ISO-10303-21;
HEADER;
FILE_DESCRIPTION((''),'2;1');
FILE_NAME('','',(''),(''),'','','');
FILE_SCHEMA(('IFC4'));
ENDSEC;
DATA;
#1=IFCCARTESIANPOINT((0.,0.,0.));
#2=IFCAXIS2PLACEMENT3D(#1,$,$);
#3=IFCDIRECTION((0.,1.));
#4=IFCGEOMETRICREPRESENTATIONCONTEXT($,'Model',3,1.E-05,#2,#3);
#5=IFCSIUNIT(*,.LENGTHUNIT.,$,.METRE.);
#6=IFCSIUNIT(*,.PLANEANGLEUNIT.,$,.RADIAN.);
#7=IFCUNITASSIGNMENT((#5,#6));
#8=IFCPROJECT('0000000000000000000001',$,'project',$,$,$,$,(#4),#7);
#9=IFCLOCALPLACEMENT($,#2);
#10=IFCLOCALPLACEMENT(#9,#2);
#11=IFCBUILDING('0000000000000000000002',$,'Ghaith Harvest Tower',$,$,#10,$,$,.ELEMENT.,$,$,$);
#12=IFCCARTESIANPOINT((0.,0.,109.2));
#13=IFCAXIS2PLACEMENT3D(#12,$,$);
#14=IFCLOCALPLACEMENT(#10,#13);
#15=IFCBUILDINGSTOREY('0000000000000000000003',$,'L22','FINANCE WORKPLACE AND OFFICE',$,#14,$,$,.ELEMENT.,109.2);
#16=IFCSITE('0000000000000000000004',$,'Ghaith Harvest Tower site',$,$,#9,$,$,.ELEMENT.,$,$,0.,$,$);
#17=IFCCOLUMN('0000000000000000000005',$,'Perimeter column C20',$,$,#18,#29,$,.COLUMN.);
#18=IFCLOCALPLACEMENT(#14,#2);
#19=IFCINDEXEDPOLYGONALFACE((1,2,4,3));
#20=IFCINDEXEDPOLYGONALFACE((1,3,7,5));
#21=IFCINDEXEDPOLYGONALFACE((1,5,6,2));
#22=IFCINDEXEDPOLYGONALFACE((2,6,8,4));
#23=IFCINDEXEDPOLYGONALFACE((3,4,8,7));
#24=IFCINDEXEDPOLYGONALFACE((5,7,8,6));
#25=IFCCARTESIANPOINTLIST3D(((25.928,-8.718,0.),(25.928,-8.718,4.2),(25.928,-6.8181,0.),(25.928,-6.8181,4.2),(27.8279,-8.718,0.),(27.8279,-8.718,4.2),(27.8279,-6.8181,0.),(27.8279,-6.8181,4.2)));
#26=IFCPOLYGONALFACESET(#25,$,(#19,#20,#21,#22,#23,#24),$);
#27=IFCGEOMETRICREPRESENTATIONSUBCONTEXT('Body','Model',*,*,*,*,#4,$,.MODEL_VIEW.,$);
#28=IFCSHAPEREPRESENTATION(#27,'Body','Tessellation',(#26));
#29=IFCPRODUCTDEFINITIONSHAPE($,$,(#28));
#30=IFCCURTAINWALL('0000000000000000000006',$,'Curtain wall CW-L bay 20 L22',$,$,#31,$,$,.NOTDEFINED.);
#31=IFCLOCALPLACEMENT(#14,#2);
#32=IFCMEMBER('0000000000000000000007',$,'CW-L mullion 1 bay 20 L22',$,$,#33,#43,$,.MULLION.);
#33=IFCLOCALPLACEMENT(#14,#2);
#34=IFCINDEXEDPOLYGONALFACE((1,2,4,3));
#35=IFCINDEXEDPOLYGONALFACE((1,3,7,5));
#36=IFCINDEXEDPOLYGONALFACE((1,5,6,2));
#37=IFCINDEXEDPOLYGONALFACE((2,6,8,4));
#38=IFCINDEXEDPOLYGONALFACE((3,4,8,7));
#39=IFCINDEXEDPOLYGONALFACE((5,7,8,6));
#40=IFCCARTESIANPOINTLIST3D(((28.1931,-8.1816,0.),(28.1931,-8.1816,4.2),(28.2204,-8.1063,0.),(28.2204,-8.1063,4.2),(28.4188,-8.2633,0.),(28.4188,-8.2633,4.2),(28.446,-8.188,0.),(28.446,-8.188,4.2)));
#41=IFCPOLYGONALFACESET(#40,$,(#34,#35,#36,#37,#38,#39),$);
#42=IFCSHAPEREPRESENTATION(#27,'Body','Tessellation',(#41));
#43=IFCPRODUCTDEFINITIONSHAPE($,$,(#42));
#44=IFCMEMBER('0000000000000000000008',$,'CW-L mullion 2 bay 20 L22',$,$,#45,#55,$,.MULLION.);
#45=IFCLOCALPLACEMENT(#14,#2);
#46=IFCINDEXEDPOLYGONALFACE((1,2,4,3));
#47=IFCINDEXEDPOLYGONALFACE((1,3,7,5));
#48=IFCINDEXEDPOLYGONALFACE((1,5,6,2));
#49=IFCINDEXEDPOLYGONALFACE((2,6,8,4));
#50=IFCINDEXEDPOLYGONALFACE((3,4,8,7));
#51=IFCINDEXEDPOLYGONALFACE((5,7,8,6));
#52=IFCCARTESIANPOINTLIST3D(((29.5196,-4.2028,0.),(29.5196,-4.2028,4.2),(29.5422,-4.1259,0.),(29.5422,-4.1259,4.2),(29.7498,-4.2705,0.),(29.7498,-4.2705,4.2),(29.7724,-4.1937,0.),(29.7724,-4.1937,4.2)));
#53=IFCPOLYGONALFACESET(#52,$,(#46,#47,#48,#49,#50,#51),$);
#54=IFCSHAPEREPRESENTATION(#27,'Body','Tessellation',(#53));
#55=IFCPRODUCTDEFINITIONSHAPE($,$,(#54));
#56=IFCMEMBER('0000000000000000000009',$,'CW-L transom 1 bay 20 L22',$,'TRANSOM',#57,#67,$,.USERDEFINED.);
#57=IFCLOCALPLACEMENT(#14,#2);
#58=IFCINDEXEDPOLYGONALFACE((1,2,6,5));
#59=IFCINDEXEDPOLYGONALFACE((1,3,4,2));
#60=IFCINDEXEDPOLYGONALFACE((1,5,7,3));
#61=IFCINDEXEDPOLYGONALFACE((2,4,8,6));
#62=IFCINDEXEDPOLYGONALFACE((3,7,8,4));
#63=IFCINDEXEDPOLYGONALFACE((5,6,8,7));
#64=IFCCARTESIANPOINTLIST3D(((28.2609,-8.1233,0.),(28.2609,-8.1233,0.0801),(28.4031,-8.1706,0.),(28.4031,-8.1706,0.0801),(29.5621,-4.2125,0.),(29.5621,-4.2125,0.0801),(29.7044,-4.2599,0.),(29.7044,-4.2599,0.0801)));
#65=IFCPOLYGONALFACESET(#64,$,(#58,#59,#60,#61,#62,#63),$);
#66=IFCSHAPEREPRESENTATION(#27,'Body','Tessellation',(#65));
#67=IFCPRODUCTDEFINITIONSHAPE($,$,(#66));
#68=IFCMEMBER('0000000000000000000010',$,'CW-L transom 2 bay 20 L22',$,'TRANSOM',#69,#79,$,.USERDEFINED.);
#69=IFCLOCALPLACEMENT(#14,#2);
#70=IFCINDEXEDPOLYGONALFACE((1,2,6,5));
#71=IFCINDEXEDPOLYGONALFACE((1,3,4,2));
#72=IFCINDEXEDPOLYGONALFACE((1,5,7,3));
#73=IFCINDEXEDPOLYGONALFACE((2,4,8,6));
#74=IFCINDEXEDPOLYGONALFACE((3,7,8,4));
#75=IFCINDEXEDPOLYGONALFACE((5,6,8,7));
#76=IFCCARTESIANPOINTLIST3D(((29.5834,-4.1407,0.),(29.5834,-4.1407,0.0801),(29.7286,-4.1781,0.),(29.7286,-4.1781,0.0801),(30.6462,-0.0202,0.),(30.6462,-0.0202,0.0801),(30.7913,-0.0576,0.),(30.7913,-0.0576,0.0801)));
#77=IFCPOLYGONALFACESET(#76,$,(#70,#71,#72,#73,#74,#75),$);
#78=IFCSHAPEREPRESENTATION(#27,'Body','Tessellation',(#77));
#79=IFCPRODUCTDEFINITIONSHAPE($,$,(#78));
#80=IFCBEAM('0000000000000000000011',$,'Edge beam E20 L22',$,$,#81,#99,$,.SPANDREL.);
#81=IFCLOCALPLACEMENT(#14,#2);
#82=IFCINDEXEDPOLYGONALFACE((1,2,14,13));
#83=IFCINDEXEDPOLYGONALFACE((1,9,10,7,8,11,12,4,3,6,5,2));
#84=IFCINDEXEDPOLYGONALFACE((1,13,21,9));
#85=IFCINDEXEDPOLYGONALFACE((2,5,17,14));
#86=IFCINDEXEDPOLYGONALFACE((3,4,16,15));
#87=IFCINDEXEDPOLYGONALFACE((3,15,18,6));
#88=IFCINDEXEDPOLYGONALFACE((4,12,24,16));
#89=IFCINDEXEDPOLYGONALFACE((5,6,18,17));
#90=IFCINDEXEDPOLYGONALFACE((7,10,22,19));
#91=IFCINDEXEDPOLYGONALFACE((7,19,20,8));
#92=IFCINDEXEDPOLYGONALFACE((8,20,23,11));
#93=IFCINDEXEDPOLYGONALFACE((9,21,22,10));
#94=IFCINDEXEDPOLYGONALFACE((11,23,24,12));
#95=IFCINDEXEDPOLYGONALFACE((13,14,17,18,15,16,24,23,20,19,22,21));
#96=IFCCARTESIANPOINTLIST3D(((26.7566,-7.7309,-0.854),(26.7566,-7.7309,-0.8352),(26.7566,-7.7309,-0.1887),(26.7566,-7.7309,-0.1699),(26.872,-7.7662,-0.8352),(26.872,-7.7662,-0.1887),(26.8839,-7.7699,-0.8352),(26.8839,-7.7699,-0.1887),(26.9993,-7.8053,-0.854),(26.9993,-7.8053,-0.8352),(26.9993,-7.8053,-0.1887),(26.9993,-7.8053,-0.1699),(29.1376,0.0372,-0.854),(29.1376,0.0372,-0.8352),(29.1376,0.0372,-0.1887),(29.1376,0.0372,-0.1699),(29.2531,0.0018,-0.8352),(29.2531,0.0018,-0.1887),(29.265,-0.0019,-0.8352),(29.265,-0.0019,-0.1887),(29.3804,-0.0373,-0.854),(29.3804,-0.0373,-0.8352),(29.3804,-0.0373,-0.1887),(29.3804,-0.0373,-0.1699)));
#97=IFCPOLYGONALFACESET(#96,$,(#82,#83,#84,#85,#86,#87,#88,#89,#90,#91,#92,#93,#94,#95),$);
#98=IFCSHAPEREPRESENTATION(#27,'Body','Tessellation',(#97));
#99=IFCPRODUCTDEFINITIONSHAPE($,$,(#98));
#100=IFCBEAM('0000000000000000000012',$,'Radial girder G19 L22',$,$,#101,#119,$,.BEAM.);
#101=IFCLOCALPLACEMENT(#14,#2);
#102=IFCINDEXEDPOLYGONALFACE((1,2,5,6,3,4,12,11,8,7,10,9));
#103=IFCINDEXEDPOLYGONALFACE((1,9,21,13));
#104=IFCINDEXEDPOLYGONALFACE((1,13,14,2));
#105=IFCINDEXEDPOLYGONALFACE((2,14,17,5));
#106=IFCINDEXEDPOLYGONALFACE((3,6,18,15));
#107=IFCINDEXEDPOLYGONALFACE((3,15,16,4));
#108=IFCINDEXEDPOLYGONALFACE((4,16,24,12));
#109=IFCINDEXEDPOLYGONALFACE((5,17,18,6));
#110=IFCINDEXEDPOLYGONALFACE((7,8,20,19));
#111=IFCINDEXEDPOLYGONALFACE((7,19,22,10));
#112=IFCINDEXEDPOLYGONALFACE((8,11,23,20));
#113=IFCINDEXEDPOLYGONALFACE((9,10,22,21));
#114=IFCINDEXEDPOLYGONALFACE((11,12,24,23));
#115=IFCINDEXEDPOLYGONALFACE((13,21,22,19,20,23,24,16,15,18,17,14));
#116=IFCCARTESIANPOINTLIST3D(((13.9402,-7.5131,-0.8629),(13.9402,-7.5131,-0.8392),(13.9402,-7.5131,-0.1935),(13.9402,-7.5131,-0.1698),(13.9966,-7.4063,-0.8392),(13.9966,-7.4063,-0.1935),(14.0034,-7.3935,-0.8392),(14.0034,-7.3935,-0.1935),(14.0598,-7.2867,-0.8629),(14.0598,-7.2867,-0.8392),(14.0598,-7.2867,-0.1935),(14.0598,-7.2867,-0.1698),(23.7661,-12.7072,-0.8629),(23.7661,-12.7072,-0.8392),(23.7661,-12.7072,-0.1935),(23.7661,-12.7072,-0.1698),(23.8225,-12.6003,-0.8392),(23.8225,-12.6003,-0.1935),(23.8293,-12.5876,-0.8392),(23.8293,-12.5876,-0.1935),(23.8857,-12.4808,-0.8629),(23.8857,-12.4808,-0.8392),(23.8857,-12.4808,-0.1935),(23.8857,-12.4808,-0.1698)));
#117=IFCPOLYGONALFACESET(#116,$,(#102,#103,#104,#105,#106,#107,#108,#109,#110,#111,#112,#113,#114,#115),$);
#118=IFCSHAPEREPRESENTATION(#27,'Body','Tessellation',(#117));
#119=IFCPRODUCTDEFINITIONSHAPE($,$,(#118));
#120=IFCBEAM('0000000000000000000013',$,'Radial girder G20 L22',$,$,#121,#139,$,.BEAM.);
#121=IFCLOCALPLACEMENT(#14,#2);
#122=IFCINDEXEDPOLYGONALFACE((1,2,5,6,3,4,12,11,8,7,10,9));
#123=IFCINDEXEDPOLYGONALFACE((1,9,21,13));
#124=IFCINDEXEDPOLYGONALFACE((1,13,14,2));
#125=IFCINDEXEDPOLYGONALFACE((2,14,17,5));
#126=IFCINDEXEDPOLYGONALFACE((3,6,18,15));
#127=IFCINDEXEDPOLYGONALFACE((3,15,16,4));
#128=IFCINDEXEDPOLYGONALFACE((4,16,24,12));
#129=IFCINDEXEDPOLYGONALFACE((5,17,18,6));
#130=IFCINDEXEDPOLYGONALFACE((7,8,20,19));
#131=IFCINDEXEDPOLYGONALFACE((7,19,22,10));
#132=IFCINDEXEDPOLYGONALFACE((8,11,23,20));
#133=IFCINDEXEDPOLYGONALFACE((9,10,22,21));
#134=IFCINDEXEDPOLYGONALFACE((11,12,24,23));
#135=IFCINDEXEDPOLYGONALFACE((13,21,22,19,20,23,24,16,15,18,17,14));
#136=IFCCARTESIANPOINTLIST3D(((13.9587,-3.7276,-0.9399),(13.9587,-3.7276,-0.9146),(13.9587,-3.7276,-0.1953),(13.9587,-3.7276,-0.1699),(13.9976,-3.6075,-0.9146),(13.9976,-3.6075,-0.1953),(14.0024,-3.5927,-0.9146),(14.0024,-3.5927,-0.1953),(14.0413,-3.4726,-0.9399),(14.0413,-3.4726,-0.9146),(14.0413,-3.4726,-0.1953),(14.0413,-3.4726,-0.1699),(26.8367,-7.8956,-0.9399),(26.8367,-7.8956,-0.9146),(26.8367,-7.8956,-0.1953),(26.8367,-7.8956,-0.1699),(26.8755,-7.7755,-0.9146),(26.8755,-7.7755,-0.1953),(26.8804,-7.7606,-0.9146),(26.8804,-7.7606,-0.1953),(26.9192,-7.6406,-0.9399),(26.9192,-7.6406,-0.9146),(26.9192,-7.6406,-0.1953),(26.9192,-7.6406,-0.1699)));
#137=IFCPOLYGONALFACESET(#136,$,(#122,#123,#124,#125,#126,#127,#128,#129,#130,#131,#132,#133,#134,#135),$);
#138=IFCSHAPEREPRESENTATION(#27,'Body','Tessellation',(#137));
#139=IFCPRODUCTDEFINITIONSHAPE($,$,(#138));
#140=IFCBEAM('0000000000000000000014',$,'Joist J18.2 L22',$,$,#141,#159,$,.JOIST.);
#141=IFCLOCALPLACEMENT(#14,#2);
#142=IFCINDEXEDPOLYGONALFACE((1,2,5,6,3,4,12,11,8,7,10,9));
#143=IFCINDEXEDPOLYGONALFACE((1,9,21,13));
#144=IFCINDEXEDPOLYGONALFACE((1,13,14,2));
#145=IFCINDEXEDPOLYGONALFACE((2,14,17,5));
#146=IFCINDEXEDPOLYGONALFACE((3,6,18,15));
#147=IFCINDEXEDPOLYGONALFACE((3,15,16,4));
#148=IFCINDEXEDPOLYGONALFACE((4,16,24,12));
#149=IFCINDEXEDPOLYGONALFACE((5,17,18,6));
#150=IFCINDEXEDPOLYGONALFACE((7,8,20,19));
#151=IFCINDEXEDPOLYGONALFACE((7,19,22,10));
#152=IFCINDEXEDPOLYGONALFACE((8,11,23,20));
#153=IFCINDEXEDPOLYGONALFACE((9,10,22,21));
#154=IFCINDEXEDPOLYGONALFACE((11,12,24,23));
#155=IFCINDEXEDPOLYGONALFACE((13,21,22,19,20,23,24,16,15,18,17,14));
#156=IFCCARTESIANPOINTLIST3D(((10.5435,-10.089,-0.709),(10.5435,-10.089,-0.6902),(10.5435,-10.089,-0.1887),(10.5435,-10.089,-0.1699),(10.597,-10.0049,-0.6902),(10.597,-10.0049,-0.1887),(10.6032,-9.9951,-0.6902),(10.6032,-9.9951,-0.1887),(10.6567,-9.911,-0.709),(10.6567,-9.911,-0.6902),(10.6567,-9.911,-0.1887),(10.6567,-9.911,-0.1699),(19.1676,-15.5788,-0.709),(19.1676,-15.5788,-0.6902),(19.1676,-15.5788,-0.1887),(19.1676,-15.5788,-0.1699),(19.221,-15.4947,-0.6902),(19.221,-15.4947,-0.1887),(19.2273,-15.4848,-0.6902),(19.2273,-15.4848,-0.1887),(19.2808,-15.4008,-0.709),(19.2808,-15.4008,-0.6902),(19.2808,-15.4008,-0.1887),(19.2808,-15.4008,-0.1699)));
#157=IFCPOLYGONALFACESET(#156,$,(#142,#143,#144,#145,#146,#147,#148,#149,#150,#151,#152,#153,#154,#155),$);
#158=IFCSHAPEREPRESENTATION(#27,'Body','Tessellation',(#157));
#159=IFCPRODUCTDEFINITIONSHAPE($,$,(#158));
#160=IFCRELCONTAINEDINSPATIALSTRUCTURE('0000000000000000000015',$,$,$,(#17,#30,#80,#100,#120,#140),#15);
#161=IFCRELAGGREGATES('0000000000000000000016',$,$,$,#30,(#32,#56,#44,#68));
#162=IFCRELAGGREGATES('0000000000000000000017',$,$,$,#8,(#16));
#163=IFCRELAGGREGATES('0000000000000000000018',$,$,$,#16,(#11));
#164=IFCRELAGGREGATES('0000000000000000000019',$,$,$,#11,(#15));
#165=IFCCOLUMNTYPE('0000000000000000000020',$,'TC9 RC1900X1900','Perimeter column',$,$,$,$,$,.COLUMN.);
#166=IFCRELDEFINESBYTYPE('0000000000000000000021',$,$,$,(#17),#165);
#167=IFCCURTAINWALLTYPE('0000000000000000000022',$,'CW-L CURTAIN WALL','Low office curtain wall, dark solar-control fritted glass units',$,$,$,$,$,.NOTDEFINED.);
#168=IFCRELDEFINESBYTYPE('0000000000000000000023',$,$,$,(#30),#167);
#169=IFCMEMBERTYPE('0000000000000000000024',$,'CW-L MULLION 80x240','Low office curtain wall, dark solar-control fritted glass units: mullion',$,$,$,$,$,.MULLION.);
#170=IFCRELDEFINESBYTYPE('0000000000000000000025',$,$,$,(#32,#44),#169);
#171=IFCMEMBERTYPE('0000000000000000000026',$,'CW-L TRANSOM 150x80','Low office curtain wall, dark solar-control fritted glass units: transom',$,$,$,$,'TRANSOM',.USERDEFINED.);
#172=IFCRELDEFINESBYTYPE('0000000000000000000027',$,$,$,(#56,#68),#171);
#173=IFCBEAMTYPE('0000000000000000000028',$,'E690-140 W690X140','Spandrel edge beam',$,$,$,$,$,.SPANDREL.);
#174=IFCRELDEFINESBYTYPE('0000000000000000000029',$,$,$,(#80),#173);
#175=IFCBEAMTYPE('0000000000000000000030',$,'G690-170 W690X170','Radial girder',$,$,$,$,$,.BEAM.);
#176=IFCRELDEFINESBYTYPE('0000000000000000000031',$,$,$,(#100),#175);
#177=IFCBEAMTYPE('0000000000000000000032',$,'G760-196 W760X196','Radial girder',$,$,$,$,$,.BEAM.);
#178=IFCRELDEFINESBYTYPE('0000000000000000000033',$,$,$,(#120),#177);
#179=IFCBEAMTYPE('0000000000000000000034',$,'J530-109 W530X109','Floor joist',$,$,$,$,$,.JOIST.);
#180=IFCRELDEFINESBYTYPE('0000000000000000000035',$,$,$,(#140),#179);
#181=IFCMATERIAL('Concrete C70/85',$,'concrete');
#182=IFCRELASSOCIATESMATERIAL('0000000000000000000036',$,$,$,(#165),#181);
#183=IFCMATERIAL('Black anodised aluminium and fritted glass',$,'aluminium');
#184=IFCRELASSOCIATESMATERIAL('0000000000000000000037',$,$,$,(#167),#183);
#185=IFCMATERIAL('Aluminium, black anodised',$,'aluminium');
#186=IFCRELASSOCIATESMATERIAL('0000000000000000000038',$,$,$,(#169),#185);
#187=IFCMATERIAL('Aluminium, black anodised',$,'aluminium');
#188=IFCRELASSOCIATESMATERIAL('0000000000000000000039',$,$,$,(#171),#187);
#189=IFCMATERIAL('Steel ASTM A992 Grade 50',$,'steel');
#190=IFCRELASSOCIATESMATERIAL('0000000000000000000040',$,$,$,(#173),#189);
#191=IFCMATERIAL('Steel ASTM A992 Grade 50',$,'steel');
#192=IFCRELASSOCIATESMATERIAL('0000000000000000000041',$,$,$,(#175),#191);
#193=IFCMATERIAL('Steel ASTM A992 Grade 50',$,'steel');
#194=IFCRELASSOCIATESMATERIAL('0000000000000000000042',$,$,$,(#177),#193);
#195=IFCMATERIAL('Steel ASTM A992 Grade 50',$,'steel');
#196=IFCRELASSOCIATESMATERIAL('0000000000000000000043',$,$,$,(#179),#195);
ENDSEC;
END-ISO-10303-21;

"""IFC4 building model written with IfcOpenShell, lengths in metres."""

from ifc_helpers import new_model, si_unit, direction, frame, origin, origin_2d, place, context, subcontext, project, spatial, rectangle, i_section, extrude, material, material_profile, profile_set, type_object, element, aggregate, save


model = new_model("IFC4")

# Units and contexts
model_context = context("Model", 3, precision=1e-05, world=origin(), true_north=direction((0.0, 1.0)))
body_context = subcontext(model_context, "Body", "Model", "MODEL_VIEW")
ifc_project = project(units=[si_unit("LENGTHUNIT", "METRE"), si_unit("PLANEANGLEUNIT", "RADIAN")], contexts=[model_context])

# Site, building, storey
site_placement = place(None, origin())
site = spatial("IfcSite", under=ifc_project, at=site_placement, Name="Ghaith Harvest Tower site", CompositionType="ELEMENT", RefElevation=0.0)
building_placement = place(site_placement, origin())
building = spatial("IfcBuilding", under=site, at=building_placement, Name="Ghaith Harvest Tower", CompositionType="ELEMENT")
storey_placement = place(building_placement, frame((0.0, 0.0, 109.2)))
storey = spatial("IfcBuildingStorey", under=building, at=storey_placement, Name="L22", Description="FINANCE WORKPLACE AND OFFICE", CompositionType="ELEMENT", Elevation=109.2)

# Column
ifc_material_1 = material(Name="Concrete C70/85", Category="concrete")
ifc_material_profile_1 = material_profile(ifc_material_1, rectangle(XDim=1.8999, YDim=1.8999, at=origin_2d()), Name="RC1900X1900")
ifc_profile_set_1 = profile_set([ifc_material_profile_1], Name="Concrete C70/85")
column_type = type_object("IfcColumnType", Name="TC9 RC1900X1900", Description="Perimeter column", PredefinedType="COLUMN", material=ifc_profile_set_1)
column_placement = place(storey_placement, frame((26.8779, -7.7681, 0.0), z_axis=(0.0, 0.0, 1.0), x_axis=(1.0, 0.0, 0.0)))
element("IfcColumn", 1, at=column_placement, inside=storey, type_object=column_type, Name="Perimeter column C20", PredefinedType="COLUMN", context=body_context, shape_type="SweptSolid", body=[
    extrude(rectangle(XDim=1.8999, YDim=1.8999, at=origin_2d()), origin(), (0.0, 0.0, 1.0), 4.2),
])

# Curtain wall, members
ifc_material_2 = material(Name="Black anodised aluminium and fritted glass", Category="aluminium")
curtain_wall_type = type_object("IfcCurtainWallType", Name="CW-L CURTAIN WALL", Description="Low office curtain wall, dark solar-control fritted glass units", PredefinedType="NOTDEFINED", material=ifc_material_2)
curtain_wall_placement = place(storey_placement, origin())
curtain_wall = element("IfcCurtainWall", 2, at=curtain_wall_placement, inside=storey, type_object=curtain_wall_type, Name="Curtain wall CW-L bay 20 L22", PredefinedType="NOTDEFINED")
ifc_material_3 = material(Name="Aluminium, black anodised", Category="aluminium")
ifc_material_profile_2 = material_profile(ifc_material_3, rectangle(XDim=0.0801, YDim=0.24, at=origin_2d()), Name="CW-L MULLION 80x240")
ifc_profile_set_2 = profile_set([ifc_material_profile_2], Name="Aluminium, black anodised")
member_type_1 = type_object("IfcMemberType", Name="CW-L MULLION 80x240", Description="Low office curtain wall, dark solar-control fritted glass units: mullion", PredefinedType="MULLION", material=ifc_profile_set_2)
member_1_placement = place(storey_placement, frame((28.3196, -8.1848, 0.0), z_axis=(0.0, 0.0, 1.0), x_axis=(0.340574, 0.940218, 0.0)))
member_1 = element("IfcMember", 3, at=member_1_placement, type_object=member_type_1, Name="CW-L mullion 1 bay 20 L22", PredefinedType="MULLION", context=body_context, shape_type="SweptSolid", body=[
    extrude(rectangle(XDim=0.0801, YDim=0.24, at=origin_2d()), origin(), (0.0, 0.0, 1.0), 4.2),
])
member_2_placement = place(storey_placement, frame((29.646, -4.1982, 0.0), z_axis=(0.0, 0.0, 1.0), x_axis=(0.282375, 0.959304, 0.0)))
member_2 = element("IfcMember", 4, at=member_2_placement, type_object=member_type_1, Name="CW-L mullion 2 bay 20 L22", PredefinedType="MULLION", context=body_context, shape_type="SweptSolid", body=[
    extrude(rectangle(XDim=0.0801, YDim=0.24, at=origin_2d()), origin(), (0.0, 0.0, 1.0), 4.2),
])
ifc_material_4 = material(Name="Aluminium, black anodised", Category="aluminium")
ifc_material_profile_3 = material_profile(ifc_material_4, rectangle(XDim=0.1499, YDim=0.0801, at=origin_2d()), Name="CW-L TRANSOM 150x80")
ifc_profile_set_3 = profile_set([ifc_material_profile_3], Name="Aluminium, black anodised")
member_type_2 = type_object("IfcMemberType", Name="CW-L TRANSOM 150x80", Description="Low office curtain wall, dark solar-control fritted glass units: transom", ElementType="TRANSOM", PredefinedType="USERDEFINED", material=ifc_profile_set_3)
member_3_placement = place(storey_placement, frame((28.332, -8.147, 0.04), z_axis=(0.315712, 0.948855, 0.0), x_axis=(-0.948855, 0.315712, 0.0)))
member_3 = element("IfcMember", 5, at=member_3_placement, type_object=member_type_2, Name="CW-L transom 1 bay 20 L22", ObjectType="TRANSOM", PredefinedType="USERDEFINED", context=body_context, shape_type="SweptSolid", body=[
    extrude(rectangle(XDim=0.1499, YDim=0.0801, at=origin_2d()), origin(), (0.0, 0.0, 1.0), 4.1216),
])
member_4_placement = place(storey_placement, frame((29.656, -4.1594, 0.04), z_axis=(0.249737, 0.968314, 0.0), x_axis=(-0.968314, 0.249737, 0.0)))
member_4 = element("IfcMember", 6, at=member_4_placement, type_object=member_type_2, Name="CW-L transom 2 bay 20 L22", ObjectType="TRANSOM", PredefinedType="USERDEFINED", context=body_context, shape_type="SweptSolid", body=[
    extrude(rectangle(XDim=0.1499, YDim=0.0801, at=origin_2d()), origin(), (0.0, 0.0, 1.0), 4.2554),
])

# Beams
ifc_material_5 = material(Name="Steel ASTM A992 Grade 50", Category="steel")
ifc_material_profile_4 = material_profile(ifc_material_5, i_section(OverallWidth=0.2539, OverallDepth=0.6841, WebThickness=0.0125, FlangeThickness=0.0188, at=origin_2d()), Name="W690X140")
ifc_profile_set_4 = profile_set([ifc_material_profile_4], Name="Steel ASTM A992 Grade 50")
beam_type_1 = type_object("IfcBeamType", Name="E690-140 W690X140", Description="Spandrel edge beam", PredefinedType="SPANDREL", material=ifc_profile_set_4)
beam_1_placement = place(storey_placement, frame((26.8779, -7.7681, -0.512), z_axis=(0.293066, 0.956092, 0.0), x_axis=(-0.956092, 0.293066, 0.0)))
element("IfcBeam", 7, at=beam_1_placement, inside=storey, type_object=beam_type_1, Name="Edge beam E20 L22", PredefinedType="SPANDREL", context=body_context, shape_type="SweptSolid", body=[
    extrude(i_section(OverallWidth=0.2539, OverallDepth=0.6841, WebThickness=0.0125, FlangeThickness=0.0188, at=origin_2d()), origin(), (0.0, 0.0, 1.0), 8.1248),
])
ifc_material_6 = material(Name="Steel ASTM A992 Grade 50", Category="steel")
ifc_material_profile_5 = material_profile(ifc_material_6, i_section(OverallWidth=0.2561, OverallDepth=0.6931, WebThickness=0.0144, FlangeThickness=0.0237, at=origin_2d()), Name="W690X170")
ifc_profile_set_5 = profile_set([ifc_material_profile_5], Name="Steel ASTM A992 Grade 50")
beam_type_2 = type_object("IfcBeamType", Name="G690-170 W690X170", Description="Radial girder", PredefinedType="BEAM", material=ifc_profile_set_5)
beam_2_placement = place(storey_placement, frame((14.0, -7.3999, -0.5164), z_axis=(0.884081, -0.467335, 0.0), x_axis=(0.467335, 0.884081, 0.0)))
element("IfcBeam", 8, at=beam_2_placement, inside=storey, type_object=beam_type_2, Name="Radial girder G19 L22", PredefinedType="BEAM", context=body_context, shape_type="SweptSolid", body=[
    extrude(i_section(OverallWidth=0.2561, OverallDepth=0.6931, WebThickness=0.0144, FlangeThickness=0.0237, at=origin_2d()), origin(), (0.0, 0.0, 1.0), 11.1143),
])
ifc_material_7 = material(Name="Steel ASTM A992 Grade 50", Category="steel")
ifc_material_profile_6 = material_profile(ifc_material_7, i_section(OverallWidth=0.2681, OverallDepth=0.77, WebThickness=0.0156, FlangeThickness=0.0254, at=origin_2d()), Name="W760X196")
ifc_profile_set_6 = profile_set([ifc_material_profile_6], Name="Steel ASTM A992 Grade 50")
beam_type_3 = type_object("IfcBeamType", Name="G760-196 W760X196", Description="Radial girder", PredefinedType="BEAM", material=ifc_profile_set_6)
beam_3_placement = place(storey_placement, frame((14.0, -3.6001, -0.5549), z_axis=(0.95141, -0.307926, 0.0), x_axis=(0.307926, 0.95141, 0.0)))
element("IfcBeam", 9, at=beam_3_placement, inside=storey, type_object=beam_type_3, Name="Radial girder G20 L22", PredefinedType="BEAM", context=body_context, shape_type="SweptSolid", body=[
    extrude(i_section(OverallWidth=0.2681, OverallDepth=0.77, WebThickness=0.0156, FlangeThickness=0.0254, at=origin_2d()), origin(), (0.0, 0.0, 1.0), 13.5356),
])
ifc_material_8 = material(Name="Steel ASTM A992 Grade 50", Category="steel")
ifc_material_profile_7 = material_profile(ifc_material_8, i_section(OverallWidth=0.2109, OverallDepth=0.5391, WebThickness=0.0117, FlangeThickness=0.0188, at=origin_2d()), Name="W530X109")
ifc_profile_set_7 = profile_set([ifc_material_profile_7], Name="Steel ASTM A992 Grade 50")
beam_type_4 = type_object("IfcBeamType", Name="J530-109 W530X109", Description="Floor joist", PredefinedType="JOIST", material=ifc_profile_set_7)
beam_4_placement = place(storey_placement, frame((10.6001, -10.0, -0.4395), z_axis=(0.843585, -0.536996, 0.0), x_axis=(0.536996, 0.843585, 0.0)))
element("IfcBeam", 10, at=beam_4_placement, inside=storey, type_object=beam_type_4, Name="Joist J18.2 L22", PredefinedType="JOIST", context=body_context, shape_type="SweptSolid", body=[
    extrude(i_section(OverallWidth=0.2109, OverallDepth=0.5391, WebThickness=0.0117, FlangeThickness=0.0188, at=origin_2d()), origin(), (0.0, 0.0, 1.0), 10.2231),
])

aggregate(curtain_wall, [member_1, member_3, member_2, member_4])

save(model, "model.ifc")
